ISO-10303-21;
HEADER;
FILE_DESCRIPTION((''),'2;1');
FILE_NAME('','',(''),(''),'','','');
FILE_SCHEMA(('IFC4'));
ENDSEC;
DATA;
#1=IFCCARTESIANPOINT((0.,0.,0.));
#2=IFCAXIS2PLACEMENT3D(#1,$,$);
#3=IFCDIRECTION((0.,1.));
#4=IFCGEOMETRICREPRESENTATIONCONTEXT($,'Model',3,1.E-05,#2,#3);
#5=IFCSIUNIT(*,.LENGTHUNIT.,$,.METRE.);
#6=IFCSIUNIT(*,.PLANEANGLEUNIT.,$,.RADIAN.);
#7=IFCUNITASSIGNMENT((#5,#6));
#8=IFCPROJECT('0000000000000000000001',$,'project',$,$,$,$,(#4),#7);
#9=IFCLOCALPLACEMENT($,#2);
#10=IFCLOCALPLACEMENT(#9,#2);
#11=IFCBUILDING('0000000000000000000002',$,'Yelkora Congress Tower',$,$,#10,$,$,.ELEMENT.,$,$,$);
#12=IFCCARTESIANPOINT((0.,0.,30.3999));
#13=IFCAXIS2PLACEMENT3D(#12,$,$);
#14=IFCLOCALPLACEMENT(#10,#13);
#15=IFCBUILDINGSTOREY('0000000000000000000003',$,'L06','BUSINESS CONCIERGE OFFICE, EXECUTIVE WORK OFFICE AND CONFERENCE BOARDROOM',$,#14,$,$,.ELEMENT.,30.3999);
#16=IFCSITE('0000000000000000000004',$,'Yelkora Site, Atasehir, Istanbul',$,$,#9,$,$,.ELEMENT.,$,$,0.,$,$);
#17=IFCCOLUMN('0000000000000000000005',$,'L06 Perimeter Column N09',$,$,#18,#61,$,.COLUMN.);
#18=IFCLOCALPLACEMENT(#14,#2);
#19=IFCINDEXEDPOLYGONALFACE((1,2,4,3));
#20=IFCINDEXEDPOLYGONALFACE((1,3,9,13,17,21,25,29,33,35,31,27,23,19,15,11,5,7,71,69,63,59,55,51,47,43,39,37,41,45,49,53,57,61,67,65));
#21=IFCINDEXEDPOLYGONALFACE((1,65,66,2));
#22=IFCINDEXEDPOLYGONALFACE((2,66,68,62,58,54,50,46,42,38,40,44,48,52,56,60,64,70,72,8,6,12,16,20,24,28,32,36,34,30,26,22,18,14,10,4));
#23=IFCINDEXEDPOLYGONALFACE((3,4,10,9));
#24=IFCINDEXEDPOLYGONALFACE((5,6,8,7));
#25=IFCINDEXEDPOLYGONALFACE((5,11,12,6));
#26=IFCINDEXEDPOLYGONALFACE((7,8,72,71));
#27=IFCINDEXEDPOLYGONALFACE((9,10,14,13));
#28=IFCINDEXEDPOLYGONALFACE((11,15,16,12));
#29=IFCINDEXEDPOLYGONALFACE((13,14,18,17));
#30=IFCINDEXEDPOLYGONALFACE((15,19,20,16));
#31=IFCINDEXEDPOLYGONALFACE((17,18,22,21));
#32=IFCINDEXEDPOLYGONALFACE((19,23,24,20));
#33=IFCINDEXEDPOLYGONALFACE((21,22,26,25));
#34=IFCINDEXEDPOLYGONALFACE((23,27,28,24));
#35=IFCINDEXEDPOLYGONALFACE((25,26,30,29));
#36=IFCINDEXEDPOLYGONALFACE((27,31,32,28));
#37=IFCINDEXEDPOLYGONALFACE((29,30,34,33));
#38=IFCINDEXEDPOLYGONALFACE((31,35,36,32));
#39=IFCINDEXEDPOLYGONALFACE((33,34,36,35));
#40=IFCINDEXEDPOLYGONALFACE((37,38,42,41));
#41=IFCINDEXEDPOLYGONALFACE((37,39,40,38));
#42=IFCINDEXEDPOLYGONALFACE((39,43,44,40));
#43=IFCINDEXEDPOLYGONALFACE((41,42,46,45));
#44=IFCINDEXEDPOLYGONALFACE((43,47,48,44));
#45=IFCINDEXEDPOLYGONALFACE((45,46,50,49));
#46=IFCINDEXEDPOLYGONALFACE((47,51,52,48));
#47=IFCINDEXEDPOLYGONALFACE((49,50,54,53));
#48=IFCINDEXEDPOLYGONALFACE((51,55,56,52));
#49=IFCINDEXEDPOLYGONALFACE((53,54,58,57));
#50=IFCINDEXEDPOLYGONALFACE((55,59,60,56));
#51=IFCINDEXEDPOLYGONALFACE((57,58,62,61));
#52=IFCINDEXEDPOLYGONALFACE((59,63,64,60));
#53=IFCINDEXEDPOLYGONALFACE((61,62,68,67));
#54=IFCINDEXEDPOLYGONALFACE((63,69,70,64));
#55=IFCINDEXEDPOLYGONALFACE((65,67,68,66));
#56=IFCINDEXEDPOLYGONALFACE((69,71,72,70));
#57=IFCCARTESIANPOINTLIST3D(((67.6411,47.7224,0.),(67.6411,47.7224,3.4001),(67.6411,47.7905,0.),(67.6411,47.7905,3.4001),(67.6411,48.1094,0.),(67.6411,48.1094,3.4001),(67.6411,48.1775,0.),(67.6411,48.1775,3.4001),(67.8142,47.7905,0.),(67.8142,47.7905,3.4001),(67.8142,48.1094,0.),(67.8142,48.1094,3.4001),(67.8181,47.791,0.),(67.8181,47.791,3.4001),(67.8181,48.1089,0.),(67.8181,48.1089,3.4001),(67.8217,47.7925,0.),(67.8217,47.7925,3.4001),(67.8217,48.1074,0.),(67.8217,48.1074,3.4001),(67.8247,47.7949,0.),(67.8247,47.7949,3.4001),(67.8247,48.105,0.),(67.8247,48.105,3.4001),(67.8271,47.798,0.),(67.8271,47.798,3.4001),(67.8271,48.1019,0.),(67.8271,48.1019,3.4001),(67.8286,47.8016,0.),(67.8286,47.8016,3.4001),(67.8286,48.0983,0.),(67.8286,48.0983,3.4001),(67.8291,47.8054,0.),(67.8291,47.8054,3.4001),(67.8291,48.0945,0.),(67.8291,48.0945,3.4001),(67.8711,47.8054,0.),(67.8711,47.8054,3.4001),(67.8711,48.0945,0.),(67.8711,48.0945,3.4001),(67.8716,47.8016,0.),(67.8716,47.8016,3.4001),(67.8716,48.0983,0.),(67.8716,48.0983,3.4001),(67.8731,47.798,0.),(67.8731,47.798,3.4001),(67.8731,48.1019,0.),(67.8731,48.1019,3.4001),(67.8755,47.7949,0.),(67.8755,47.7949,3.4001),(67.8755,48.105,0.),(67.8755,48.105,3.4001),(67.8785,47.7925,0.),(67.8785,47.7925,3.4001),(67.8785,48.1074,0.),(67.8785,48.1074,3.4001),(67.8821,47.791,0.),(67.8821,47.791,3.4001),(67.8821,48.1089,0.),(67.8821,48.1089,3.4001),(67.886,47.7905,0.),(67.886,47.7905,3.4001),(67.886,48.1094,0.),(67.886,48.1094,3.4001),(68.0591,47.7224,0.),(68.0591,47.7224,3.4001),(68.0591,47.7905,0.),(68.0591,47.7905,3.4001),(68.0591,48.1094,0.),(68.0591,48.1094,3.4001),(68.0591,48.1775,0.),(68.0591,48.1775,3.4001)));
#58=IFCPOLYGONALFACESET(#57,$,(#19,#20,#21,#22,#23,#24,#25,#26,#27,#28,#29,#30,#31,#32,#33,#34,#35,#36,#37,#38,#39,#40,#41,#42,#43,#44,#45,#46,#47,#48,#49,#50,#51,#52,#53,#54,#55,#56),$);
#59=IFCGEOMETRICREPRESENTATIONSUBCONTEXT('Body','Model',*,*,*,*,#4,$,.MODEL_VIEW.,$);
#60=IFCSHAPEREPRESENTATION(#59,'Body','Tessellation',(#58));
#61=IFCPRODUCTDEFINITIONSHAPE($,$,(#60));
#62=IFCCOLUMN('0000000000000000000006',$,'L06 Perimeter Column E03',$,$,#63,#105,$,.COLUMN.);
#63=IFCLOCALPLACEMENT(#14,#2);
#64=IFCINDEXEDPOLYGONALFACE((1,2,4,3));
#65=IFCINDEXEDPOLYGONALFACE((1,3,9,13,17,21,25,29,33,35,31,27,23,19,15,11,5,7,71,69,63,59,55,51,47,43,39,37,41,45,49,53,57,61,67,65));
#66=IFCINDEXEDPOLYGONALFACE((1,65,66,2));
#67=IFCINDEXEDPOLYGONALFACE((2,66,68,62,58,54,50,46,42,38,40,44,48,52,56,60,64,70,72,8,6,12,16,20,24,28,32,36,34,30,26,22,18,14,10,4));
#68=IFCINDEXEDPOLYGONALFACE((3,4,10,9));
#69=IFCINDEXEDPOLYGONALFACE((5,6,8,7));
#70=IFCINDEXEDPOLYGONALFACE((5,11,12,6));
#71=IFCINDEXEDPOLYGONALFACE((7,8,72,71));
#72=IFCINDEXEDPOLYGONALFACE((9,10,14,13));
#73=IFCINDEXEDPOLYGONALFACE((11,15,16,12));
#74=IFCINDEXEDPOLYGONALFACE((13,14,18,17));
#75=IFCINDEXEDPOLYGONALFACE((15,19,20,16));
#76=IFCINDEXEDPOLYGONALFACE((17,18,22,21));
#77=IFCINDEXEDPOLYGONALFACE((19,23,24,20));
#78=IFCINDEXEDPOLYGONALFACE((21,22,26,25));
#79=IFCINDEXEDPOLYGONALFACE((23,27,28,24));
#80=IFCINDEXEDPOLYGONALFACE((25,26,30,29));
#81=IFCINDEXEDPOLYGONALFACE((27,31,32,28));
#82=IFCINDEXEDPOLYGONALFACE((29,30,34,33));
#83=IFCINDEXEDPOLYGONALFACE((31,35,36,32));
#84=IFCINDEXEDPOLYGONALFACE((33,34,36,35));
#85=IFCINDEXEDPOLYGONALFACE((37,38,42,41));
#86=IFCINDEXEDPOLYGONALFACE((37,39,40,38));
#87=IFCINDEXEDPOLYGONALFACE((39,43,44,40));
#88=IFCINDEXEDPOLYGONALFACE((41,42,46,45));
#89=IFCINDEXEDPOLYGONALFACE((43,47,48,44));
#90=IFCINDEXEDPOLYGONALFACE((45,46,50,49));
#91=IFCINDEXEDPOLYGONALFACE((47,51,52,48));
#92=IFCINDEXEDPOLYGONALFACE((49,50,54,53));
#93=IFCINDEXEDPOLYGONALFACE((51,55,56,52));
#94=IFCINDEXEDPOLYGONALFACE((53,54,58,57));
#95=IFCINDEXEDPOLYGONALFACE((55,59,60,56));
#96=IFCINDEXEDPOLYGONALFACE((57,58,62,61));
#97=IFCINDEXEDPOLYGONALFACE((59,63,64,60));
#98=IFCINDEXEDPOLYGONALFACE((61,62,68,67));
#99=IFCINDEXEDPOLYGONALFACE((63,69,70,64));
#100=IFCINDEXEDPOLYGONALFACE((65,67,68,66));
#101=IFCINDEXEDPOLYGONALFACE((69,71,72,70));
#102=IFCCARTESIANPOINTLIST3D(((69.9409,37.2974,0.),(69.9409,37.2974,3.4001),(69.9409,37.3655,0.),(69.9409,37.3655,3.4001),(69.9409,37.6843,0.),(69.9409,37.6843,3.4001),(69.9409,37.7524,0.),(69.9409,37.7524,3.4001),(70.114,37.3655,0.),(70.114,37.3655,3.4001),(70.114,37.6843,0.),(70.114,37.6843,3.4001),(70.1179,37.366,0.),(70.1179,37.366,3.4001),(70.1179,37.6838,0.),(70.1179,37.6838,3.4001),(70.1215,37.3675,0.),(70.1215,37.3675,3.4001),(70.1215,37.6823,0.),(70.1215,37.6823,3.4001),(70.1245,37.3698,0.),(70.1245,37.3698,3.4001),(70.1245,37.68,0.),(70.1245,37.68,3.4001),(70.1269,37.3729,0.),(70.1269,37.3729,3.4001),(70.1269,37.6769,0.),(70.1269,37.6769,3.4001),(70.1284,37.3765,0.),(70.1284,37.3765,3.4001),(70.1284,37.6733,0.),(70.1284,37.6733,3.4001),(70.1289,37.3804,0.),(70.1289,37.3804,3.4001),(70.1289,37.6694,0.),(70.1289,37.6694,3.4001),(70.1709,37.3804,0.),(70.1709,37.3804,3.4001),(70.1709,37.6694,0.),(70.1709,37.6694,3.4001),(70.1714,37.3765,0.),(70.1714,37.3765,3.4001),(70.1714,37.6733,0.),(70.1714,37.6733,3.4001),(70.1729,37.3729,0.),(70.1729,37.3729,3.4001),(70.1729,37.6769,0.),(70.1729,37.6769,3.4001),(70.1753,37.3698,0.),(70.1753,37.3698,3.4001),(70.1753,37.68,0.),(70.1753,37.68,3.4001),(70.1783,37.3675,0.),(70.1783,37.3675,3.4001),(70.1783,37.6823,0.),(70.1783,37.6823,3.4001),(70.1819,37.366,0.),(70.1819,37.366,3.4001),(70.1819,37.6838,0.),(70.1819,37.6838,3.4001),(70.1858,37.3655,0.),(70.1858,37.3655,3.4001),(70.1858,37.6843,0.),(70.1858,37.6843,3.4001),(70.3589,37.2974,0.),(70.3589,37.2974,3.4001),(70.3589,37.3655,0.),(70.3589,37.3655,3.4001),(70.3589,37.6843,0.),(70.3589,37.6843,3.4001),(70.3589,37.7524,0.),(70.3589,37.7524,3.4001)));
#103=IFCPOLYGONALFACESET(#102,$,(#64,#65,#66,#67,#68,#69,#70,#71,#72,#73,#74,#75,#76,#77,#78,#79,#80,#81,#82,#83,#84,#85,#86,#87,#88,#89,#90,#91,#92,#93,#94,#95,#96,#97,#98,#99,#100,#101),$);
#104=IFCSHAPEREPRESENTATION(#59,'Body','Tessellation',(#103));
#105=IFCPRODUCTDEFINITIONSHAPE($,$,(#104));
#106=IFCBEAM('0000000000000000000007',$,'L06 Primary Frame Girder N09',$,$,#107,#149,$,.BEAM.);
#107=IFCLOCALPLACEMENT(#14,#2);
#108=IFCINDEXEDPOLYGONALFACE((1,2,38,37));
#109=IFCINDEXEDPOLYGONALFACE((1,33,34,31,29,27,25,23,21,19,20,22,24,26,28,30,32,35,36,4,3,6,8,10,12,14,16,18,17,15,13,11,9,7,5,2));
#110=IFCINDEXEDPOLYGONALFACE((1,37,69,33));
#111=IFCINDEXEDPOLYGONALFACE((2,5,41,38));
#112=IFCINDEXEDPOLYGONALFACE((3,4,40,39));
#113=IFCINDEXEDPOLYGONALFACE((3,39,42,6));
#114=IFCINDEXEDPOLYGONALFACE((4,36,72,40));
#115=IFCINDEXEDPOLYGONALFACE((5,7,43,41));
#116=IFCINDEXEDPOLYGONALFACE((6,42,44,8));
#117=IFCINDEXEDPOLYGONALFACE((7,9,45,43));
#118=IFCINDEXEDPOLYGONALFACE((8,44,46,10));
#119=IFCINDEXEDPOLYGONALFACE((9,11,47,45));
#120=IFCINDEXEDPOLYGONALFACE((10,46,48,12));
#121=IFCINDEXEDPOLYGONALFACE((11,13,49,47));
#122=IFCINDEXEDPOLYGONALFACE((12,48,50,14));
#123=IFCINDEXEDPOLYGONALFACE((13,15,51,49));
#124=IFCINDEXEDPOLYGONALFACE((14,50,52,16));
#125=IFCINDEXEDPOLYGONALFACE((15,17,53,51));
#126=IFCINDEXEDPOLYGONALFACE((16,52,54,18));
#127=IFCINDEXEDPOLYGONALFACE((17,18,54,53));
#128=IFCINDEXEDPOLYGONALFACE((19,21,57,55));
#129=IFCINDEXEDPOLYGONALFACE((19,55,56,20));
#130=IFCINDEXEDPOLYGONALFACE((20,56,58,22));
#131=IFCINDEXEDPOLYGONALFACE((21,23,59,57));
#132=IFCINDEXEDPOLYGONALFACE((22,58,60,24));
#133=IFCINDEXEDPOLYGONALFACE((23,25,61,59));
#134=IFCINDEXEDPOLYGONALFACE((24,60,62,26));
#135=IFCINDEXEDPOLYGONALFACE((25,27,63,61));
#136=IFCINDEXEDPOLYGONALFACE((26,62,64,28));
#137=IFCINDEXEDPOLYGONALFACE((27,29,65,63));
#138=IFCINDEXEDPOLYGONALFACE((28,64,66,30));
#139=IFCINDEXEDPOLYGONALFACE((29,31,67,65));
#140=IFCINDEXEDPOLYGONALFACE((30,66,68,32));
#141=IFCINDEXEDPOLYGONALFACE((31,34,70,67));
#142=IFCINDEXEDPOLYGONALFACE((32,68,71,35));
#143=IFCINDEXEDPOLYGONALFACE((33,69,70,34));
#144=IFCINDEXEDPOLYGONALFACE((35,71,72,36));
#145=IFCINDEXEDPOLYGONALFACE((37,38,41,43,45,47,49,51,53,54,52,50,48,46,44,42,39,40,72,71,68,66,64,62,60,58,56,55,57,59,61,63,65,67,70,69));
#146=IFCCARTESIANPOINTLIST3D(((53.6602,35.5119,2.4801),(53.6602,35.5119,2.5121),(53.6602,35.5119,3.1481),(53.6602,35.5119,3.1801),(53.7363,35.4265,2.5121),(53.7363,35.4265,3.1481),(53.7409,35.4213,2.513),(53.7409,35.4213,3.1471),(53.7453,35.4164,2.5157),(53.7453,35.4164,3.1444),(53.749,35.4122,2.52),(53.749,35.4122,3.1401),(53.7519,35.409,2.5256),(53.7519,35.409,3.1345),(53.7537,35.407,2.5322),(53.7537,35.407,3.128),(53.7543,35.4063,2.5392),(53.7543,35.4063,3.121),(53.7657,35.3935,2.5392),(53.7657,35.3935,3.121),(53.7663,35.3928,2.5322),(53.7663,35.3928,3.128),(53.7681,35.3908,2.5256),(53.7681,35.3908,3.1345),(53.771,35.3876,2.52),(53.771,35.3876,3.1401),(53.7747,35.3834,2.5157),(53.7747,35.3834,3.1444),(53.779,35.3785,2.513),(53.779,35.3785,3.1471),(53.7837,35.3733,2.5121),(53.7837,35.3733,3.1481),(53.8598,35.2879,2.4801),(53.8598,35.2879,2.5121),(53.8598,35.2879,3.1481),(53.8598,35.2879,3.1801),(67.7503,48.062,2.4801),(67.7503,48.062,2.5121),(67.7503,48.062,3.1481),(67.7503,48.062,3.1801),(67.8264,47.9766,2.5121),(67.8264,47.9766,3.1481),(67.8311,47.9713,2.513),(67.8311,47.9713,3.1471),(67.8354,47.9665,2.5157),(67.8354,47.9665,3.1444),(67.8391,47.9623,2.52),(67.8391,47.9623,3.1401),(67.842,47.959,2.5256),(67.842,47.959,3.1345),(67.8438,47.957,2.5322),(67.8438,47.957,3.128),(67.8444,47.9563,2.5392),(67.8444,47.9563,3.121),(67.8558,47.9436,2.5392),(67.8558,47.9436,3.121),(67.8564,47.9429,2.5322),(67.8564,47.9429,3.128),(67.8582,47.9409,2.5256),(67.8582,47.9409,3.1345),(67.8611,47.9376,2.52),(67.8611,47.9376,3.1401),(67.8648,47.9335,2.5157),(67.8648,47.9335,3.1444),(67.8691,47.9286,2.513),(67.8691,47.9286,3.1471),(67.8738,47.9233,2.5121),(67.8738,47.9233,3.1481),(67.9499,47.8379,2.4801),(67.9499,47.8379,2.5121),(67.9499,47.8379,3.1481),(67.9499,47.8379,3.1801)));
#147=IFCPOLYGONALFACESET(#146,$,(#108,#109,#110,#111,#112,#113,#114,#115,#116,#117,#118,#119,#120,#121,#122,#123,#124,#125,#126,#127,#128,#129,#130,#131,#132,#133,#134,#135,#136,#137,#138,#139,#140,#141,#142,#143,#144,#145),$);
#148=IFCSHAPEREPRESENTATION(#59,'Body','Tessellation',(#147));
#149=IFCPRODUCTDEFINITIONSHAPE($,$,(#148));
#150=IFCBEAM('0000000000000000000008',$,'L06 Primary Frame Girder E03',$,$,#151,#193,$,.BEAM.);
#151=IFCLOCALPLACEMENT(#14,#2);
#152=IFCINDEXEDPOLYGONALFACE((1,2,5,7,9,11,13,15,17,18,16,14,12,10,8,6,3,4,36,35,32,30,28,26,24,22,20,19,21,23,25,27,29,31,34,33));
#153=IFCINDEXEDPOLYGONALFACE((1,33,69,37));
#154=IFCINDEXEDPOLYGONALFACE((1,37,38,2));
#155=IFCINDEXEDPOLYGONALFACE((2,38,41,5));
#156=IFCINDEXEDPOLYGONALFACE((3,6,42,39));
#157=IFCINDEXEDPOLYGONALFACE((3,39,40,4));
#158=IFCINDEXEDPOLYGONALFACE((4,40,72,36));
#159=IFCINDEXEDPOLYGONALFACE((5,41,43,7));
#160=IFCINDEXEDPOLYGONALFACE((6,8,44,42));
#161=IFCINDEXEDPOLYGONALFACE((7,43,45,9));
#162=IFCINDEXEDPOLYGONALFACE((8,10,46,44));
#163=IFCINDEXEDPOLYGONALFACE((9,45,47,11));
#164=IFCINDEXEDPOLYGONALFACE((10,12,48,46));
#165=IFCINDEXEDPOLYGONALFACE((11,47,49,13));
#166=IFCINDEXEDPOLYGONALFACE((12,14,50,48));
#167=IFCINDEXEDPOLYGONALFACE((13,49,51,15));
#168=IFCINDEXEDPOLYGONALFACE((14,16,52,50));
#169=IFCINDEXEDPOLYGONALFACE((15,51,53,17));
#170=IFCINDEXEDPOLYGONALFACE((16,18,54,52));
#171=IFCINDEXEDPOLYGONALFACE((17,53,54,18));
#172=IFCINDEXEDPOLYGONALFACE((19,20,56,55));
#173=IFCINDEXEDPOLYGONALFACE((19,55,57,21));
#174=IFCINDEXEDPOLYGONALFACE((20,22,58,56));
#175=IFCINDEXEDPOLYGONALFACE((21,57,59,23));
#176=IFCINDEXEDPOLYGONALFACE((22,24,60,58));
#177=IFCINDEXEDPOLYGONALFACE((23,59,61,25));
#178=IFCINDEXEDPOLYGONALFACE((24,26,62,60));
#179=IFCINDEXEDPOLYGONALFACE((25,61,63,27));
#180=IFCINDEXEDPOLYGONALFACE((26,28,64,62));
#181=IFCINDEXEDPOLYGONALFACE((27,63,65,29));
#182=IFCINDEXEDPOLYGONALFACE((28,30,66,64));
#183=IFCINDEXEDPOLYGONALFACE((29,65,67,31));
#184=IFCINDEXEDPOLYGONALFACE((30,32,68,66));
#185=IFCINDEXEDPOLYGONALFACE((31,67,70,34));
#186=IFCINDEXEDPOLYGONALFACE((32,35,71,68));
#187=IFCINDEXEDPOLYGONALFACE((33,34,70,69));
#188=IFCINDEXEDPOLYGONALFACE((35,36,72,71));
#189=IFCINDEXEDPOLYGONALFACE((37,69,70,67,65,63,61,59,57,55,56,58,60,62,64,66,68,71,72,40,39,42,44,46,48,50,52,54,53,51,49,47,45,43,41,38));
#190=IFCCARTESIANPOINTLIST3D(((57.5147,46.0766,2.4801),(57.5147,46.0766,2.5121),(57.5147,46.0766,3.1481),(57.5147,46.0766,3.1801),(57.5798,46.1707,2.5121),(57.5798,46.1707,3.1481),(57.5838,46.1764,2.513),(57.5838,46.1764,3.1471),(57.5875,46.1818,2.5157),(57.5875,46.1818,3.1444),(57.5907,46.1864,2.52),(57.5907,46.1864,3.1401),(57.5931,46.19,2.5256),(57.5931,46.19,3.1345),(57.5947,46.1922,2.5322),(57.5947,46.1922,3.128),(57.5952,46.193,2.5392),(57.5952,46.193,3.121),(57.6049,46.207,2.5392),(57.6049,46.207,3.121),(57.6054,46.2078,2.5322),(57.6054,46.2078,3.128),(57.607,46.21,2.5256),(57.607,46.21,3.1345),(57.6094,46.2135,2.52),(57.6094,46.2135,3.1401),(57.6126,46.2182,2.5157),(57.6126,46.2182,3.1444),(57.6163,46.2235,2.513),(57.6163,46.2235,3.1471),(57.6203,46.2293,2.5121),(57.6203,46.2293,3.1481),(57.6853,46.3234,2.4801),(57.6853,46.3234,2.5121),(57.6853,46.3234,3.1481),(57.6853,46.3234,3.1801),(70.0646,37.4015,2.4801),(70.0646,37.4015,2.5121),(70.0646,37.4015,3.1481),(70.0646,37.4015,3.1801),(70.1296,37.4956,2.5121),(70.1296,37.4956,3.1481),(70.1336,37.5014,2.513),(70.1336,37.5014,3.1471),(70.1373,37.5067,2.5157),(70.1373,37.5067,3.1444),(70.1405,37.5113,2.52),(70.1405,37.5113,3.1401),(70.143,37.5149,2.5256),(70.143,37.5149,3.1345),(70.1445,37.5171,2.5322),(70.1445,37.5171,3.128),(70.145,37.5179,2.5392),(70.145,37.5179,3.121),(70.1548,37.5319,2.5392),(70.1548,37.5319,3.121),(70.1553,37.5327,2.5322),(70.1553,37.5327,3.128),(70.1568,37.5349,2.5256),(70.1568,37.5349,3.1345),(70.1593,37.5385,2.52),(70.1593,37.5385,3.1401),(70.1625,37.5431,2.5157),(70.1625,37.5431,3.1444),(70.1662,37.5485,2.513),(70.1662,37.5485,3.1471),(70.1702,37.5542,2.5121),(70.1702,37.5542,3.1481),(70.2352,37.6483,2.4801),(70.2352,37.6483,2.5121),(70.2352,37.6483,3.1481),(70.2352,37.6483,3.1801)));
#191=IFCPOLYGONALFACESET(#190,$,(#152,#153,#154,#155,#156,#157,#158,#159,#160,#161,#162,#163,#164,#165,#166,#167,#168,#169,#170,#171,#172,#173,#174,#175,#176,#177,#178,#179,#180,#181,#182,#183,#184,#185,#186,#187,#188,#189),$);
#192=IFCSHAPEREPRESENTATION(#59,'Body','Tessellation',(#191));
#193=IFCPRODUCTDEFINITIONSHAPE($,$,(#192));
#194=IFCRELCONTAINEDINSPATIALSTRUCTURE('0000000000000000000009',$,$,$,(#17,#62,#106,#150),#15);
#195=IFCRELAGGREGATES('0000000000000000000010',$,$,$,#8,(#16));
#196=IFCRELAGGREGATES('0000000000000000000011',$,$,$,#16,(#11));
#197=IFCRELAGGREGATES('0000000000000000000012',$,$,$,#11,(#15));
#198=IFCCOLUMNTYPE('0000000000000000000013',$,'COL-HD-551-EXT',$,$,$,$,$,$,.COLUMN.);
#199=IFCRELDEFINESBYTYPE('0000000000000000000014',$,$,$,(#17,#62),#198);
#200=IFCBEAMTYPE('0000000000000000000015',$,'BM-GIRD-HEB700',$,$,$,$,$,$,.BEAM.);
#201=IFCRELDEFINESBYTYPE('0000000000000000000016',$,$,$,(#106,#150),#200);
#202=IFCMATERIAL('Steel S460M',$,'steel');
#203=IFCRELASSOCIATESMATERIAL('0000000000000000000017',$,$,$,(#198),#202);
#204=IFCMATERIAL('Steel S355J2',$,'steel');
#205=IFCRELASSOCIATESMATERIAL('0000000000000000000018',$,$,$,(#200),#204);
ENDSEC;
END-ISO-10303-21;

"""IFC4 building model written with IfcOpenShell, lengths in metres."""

from ifc_helpers import new_model, si_unit, direction, frame, origin, origin_2d, place, context, subcontext, project, spatial, i_section, extrude, material, material_profile, profile_set, type_object, element, save


model = new_model("IFC4")

# Units and contexts
model_context = context("Model", 3, precision=1e-05, world=origin(), true_north=direction((0.0, 1.0)))
body_context = subcontext(model_context, "Body", "Model", "MODEL_VIEW")
ifc_project = project(units=[si_unit("LENGTHUNIT", "METRE"), si_unit("PLANEANGLEUNIT", "RADIAN")], contexts=[model_context])

# Site, building, storey
site_placement = place(None, origin())
site = spatial("IfcSite", under=ifc_project, at=site_placement, Name="Yelkora Site, Atasehir, Istanbul", CompositionType="ELEMENT", RefElevation=0.0)
building_placement = place(site_placement, origin())
building = spatial("IfcBuilding", under=site, at=building_placement, Name="Yelkora Congress Tower", CompositionType="ELEMENT")
storey_placement = place(building_placement, frame((0.0, 0.0, 30.3999)))
storey = spatial("IfcBuildingStorey", under=building, at=storey_placement, Name="L06", Description="BUSINESS CONCIERGE OFFICE, EXECUTIVE WORK OFFICE AND CONFERENCE BOARDROOM", CompositionType="ELEMENT", Elevation=30.3999)

# Columns
ifc_material_1 = material(Name="Steel S460M", Category="steel")
ifc_material_profile_1 = material_profile(ifc_material_1, i_section(OverallWidth=0.418, OverallDepth=0.4551, WebThickness=0.042, FlangeThickness=0.0681, FilletRadius=0.0149, at=origin_2d()), Name="HD 400x551")
ifc_profile_set_1 = profile_set([ifc_material_profile_1], Name="Steel S460M")
column_type = type_object("IfcColumnType", Name="COL-HD-551-EXT", PredefinedType="COLUMN", material=ifc_profile_set_1)
for number, where, z_axis, x_axis, name in (
    (1, (67.8501, 47.95, 0.0), (0.0, 0.0, 1.0), (1.0, 0.0, 0.0), "L06 Perimeter Column N09"),
    (2, (70.1499, 37.5249, 0.0), (0.0, 0.0, 1.0), (1.0, 0.0, 0.0), "L06 Perimeter Column E03"),
):
    element("IfcColumn", number, at=place(storey_placement, frame(where, z_axis=z_axis, x_axis=x_axis)), inside=storey, type_object=column_type, Name=name, PredefinedType="COLUMN", context=body_context, shape_type="SweptSolid", body=[
        extrude(i_section(OverallWidth=0.418, OverallDepth=0.4551, WebThickness=0.042, FlangeThickness=0.0681, FilletRadius=0.0149, at=origin_2d()), origin(), (0.0, 0.0, 1.0), 3.4001),
    ])

# Beams
ifc_material_2 = material(Name="Steel S355J2", Category="steel")
ifc_material_profile_2 = material_profile(ifc_material_2, i_section(OverallWidth=0.3, OverallDepth=0.7, WebThickness=0.0171, FlangeThickness=0.032, FilletRadius=0.0271, at=origin_2d()), Name="HEB 700")
ifc_profile_set_2 = profile_set([ifc_material_profile_2], Name="Steel S355J2")
beam_type_1 = type_object("IfcBeamType", Name="BM-GIRD-HEB700", PredefinedType="BEAM", material=ifc_profile_set_2)
beam_1_placement = place(storey_placement, frame((67.8501, 47.95, 2.8301), z_axis=(-0.746737, -0.665119, 0.0), x_axis=(0.665119, -0.746737, 0.0)))
element("IfcBeam", 3, at=beam_1_placement, inside=storey, type_object=beam_type_1, Name="L06 Primary Frame Girder N09", PredefinedType="BEAM", context=body_context, shape_type="SweptSolid", body=[
    extrude(i_section(OverallWidth=0.3, OverallDepth=0.7, WebThickness=0.0171, FlangeThickness=0.032, FilletRadius=0.0271, at=origin_2d()), origin(), (0.0, 0.0, 1.0), 18.8689),
])
beam_2_placement = place(storey_placement, frame((70.1499, 37.5249, 2.8301), z_axis=(-0.822599, 0.568622, 0.0), x_axis=(-0.568622, -0.822599, 0.0)))
element("IfcBeam", 4, at=beam_2_placement, inside=storey, type_object=beam_type_1, Name="L06 Primary Frame Girder E03", PredefinedType="BEAM", context=body_context, shape_type="SweptSolid", body=[
    extrude(i_section(OverallWidth=0.3, OverallDepth=0.7, WebThickness=0.0171, FlangeThickness=0.032, FilletRadius=0.0271, at=origin_2d()), origin(), (0.0, 0.0, 1.0), 15.2563),
])

save(model, "model.ifc")
